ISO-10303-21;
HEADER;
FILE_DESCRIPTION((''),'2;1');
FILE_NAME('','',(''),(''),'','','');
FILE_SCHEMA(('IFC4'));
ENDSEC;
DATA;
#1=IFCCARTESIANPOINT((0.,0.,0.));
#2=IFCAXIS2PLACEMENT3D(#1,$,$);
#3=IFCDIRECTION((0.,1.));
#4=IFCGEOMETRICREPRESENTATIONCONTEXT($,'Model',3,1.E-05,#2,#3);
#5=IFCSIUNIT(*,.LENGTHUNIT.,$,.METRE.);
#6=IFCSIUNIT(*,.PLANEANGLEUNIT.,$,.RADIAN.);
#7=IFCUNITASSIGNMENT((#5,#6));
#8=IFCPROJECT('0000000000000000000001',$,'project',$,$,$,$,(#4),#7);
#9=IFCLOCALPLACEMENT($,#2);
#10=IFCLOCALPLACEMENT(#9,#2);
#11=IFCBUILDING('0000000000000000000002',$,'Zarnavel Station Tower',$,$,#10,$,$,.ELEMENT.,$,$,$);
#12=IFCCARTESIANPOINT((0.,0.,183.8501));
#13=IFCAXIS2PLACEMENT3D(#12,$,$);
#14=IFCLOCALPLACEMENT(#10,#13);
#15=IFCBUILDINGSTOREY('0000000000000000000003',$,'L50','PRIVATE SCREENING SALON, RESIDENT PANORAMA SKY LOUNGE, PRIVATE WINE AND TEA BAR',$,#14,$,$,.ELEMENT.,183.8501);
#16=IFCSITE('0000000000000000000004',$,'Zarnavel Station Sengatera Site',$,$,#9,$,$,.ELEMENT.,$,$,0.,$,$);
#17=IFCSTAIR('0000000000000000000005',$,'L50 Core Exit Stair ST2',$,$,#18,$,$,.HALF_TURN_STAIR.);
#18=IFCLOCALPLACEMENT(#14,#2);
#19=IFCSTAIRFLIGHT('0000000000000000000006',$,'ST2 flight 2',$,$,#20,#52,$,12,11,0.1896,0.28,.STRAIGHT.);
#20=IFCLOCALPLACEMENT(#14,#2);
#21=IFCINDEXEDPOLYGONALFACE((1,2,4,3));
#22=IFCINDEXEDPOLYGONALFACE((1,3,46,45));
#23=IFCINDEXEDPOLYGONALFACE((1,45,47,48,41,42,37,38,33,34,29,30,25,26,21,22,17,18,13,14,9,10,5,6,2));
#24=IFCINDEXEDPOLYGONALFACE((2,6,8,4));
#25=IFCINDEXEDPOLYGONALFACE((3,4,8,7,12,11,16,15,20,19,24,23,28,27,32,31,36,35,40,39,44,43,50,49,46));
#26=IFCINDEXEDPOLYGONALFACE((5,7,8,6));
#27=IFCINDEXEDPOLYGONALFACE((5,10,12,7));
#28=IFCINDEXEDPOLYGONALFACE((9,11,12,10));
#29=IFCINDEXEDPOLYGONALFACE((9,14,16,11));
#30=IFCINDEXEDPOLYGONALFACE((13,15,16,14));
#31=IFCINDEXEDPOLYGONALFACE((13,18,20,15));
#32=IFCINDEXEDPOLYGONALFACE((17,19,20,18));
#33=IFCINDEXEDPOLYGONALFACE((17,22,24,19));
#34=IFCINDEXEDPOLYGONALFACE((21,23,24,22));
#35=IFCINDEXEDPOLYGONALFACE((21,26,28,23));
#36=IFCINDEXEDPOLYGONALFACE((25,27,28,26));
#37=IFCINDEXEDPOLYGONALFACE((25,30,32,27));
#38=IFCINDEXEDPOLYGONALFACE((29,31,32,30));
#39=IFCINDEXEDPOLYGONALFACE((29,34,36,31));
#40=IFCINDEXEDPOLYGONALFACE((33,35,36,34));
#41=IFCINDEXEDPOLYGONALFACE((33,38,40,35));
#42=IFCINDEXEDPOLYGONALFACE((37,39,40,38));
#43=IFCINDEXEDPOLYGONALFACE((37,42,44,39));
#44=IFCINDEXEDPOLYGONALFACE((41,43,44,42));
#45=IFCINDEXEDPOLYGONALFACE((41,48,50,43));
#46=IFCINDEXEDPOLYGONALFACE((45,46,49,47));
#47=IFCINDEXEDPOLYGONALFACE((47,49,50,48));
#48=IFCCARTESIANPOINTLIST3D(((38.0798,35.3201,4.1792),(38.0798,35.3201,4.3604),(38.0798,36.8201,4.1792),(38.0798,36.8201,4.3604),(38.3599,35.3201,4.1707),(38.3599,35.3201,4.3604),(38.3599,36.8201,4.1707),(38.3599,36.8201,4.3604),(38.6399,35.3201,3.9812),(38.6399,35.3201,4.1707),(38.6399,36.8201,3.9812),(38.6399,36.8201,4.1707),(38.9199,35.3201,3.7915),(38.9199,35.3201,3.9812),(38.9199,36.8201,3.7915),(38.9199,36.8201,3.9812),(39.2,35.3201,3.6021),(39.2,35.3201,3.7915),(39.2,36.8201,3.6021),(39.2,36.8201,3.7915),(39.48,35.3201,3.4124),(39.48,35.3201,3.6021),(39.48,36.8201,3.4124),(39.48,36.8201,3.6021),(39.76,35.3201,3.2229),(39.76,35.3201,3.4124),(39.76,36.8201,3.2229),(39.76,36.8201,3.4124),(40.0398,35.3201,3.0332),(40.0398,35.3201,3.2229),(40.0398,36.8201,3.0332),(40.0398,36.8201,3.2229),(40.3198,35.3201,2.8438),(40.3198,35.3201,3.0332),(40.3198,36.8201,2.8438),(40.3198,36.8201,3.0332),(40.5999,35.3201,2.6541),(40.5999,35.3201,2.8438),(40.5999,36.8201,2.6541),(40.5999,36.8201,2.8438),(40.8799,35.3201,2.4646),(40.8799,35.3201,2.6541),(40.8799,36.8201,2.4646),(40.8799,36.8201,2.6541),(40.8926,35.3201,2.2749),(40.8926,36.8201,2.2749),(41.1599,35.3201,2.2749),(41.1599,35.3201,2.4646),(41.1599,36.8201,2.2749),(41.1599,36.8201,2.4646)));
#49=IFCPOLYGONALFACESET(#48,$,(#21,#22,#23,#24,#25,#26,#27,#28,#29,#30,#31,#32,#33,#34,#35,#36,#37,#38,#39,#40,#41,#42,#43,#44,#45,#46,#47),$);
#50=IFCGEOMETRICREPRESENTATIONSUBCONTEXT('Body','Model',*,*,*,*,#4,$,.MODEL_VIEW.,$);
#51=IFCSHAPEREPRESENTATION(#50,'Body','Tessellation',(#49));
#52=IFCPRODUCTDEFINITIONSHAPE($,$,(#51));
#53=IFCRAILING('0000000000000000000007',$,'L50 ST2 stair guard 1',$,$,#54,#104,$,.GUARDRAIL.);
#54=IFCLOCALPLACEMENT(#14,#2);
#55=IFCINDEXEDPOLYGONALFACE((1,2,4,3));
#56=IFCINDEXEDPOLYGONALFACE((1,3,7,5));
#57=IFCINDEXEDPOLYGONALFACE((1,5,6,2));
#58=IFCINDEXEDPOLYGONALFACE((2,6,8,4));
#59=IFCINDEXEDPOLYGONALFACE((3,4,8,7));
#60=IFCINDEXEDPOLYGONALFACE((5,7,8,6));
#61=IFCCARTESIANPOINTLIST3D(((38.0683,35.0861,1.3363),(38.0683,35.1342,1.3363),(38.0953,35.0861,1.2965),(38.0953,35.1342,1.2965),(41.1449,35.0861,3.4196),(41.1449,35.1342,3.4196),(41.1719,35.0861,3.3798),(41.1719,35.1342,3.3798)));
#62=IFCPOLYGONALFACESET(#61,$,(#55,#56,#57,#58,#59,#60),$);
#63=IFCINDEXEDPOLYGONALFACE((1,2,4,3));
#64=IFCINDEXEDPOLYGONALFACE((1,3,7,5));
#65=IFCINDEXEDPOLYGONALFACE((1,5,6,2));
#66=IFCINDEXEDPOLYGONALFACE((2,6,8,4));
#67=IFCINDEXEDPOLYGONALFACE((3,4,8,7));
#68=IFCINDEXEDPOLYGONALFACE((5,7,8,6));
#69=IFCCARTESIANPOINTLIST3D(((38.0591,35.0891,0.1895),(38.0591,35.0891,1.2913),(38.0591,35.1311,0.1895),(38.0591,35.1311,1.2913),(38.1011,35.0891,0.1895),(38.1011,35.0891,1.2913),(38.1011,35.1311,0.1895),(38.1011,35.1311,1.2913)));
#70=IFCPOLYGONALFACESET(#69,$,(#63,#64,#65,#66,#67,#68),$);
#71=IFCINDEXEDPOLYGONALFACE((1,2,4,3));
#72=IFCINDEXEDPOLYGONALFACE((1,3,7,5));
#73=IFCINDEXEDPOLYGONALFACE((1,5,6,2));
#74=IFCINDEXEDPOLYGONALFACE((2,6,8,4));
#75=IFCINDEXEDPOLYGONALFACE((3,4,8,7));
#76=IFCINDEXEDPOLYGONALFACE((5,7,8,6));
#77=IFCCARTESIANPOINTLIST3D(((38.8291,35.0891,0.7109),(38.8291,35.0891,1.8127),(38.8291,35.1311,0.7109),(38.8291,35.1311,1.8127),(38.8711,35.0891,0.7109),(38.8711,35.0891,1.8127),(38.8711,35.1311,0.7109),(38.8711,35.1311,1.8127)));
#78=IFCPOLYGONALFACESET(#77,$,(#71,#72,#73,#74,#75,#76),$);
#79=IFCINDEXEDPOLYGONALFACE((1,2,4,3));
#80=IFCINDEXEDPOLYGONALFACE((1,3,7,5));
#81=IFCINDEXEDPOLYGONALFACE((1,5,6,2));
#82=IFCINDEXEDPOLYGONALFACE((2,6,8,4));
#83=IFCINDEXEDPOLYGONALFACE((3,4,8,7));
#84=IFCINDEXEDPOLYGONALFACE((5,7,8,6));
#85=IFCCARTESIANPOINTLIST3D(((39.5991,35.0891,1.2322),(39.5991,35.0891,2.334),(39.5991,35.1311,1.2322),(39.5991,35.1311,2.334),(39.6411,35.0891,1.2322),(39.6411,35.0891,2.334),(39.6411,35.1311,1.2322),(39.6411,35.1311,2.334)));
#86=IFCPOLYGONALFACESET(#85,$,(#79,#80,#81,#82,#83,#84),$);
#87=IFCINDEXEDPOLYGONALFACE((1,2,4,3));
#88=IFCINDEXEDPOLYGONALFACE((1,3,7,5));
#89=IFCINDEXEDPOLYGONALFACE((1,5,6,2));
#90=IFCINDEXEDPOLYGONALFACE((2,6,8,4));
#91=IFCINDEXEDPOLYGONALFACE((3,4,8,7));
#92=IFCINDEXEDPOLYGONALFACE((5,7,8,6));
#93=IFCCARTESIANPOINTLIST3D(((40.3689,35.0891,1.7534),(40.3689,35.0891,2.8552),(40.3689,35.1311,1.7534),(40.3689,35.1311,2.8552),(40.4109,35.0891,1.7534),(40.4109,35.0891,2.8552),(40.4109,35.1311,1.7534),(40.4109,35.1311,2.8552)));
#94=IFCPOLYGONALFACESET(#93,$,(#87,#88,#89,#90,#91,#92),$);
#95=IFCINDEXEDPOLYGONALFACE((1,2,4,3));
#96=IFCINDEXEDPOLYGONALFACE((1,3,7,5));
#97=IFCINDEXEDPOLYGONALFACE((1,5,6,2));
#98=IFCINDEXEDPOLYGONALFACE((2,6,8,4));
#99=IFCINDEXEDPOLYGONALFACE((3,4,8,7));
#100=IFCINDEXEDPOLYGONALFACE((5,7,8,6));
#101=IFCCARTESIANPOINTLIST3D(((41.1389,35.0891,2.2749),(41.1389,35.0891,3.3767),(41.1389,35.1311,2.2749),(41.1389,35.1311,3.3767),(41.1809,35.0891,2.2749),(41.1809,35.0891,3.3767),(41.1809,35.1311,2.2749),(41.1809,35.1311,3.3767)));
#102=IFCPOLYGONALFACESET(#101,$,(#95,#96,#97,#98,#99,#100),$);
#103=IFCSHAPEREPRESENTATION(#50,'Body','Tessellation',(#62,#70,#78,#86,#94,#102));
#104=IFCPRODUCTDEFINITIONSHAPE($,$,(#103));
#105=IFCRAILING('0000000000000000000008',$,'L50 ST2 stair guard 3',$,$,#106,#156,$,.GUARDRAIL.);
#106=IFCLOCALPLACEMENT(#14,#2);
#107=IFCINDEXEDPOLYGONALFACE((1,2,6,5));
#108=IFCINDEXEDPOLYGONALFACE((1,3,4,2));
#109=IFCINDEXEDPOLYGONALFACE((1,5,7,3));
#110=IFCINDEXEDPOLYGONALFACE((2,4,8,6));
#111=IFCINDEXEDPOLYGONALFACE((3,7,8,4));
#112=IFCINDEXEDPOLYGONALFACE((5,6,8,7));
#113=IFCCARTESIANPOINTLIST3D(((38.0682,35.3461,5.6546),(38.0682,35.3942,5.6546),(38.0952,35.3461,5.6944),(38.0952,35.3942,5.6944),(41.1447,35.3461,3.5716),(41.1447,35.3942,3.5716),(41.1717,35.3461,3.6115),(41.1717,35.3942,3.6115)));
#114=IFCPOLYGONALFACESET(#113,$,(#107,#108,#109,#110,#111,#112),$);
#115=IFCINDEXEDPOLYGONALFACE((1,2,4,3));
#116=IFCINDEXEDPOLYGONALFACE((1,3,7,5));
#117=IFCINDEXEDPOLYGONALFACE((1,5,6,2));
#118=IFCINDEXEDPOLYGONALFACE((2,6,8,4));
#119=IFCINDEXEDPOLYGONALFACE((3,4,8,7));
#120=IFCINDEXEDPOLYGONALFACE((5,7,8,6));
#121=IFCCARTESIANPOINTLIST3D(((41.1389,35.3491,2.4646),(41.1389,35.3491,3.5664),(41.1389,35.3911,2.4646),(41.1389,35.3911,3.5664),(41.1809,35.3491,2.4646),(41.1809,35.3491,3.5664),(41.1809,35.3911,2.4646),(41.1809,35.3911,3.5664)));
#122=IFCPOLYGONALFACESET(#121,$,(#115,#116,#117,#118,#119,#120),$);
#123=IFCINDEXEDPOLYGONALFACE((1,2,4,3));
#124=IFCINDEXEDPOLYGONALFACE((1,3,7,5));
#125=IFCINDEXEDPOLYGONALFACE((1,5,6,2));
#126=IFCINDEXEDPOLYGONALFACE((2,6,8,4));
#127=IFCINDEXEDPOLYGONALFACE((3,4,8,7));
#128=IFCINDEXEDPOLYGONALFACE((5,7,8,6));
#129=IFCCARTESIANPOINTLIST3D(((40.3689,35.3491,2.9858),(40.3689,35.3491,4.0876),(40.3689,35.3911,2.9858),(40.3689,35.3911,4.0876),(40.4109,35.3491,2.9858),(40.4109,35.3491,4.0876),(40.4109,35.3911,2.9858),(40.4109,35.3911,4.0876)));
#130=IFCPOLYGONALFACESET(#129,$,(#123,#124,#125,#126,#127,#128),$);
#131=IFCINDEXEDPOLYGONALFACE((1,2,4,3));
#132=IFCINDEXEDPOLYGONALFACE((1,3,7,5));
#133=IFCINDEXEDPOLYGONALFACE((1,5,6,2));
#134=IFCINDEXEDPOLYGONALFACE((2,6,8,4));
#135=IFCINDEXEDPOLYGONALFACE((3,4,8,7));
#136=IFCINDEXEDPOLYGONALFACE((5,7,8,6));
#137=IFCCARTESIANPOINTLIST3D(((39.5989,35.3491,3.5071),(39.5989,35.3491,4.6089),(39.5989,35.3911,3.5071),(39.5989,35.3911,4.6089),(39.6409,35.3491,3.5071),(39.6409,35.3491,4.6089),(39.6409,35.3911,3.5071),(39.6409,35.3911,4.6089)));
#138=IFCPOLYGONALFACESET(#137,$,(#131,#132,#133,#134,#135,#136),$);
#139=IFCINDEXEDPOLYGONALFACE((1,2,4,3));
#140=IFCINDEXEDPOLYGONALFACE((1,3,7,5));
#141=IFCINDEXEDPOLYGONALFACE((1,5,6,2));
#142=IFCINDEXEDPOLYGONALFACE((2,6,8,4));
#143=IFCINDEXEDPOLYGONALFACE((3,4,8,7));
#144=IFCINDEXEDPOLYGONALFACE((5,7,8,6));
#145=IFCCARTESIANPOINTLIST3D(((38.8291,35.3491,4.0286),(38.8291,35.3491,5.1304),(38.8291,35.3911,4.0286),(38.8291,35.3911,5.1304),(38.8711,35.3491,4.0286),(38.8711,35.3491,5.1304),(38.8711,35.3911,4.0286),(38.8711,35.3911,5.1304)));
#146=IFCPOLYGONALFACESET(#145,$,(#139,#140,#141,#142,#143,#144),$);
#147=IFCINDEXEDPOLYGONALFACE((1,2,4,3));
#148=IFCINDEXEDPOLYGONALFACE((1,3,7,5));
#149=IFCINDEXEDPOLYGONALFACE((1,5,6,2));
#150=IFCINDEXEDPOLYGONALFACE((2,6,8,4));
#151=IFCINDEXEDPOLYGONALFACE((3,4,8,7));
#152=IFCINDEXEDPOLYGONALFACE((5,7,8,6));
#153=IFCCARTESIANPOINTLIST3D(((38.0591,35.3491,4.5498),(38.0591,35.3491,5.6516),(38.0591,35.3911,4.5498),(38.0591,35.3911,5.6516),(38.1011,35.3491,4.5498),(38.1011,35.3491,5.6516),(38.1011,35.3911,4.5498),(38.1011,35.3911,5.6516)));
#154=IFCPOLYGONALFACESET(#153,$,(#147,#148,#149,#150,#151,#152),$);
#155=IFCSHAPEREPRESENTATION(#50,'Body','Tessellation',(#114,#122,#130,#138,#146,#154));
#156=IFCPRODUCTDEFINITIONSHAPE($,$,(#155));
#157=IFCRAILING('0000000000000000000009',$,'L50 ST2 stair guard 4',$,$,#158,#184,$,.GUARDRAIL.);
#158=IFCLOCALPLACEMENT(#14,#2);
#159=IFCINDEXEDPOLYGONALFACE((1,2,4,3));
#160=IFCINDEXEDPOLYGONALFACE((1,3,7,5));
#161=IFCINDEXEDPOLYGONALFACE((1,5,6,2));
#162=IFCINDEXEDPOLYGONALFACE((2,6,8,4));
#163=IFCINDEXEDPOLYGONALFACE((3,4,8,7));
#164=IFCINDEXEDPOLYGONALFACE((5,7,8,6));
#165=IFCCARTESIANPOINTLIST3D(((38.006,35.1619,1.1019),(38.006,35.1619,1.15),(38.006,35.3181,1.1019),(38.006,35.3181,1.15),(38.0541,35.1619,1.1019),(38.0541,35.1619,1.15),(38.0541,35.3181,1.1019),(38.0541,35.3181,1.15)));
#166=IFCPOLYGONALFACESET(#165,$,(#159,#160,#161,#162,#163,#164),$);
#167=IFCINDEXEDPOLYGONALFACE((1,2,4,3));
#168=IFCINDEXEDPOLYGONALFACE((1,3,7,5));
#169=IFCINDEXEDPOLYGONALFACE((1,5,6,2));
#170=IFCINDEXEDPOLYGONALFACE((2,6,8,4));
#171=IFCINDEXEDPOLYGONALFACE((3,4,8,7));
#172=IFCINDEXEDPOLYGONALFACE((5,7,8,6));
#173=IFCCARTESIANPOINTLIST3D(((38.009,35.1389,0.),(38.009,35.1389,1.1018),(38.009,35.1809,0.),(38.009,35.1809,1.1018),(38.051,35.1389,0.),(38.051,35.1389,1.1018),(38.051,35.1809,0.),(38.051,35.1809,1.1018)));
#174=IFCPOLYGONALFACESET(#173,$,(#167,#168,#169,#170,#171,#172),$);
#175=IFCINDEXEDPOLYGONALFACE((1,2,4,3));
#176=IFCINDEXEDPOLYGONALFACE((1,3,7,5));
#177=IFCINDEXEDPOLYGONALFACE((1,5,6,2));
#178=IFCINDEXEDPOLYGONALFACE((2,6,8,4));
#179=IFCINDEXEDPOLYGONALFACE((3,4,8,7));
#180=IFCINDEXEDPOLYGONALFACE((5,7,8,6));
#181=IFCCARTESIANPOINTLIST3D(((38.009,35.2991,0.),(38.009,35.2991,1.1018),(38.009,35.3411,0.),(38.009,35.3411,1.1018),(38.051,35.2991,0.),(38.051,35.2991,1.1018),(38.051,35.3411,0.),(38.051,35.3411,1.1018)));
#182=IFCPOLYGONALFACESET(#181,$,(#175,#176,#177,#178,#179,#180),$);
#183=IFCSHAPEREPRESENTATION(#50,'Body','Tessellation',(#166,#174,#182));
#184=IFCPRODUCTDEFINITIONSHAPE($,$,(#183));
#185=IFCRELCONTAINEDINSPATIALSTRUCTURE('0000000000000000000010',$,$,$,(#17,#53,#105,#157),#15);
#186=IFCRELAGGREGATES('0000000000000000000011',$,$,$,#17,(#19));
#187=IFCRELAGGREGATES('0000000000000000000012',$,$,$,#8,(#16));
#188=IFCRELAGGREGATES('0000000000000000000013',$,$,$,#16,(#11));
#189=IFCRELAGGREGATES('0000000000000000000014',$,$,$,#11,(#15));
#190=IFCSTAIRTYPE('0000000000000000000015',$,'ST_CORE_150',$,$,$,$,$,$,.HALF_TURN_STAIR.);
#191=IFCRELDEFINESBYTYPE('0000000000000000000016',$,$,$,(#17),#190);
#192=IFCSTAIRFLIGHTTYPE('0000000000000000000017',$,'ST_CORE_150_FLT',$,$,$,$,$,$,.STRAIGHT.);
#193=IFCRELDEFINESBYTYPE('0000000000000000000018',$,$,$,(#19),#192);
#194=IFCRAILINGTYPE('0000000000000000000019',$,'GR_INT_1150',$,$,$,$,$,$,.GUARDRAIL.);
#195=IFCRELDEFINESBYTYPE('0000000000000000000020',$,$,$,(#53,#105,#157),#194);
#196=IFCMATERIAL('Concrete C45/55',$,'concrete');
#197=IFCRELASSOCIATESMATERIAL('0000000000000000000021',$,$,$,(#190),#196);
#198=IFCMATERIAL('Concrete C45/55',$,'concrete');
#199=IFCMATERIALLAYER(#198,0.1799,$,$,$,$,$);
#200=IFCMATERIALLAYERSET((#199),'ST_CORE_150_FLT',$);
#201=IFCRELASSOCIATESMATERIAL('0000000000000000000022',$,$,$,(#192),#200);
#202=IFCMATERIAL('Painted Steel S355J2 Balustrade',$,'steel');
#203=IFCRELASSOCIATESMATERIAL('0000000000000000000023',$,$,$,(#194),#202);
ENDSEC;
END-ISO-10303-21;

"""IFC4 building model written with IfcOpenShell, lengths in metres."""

from ifc_helpers import new_model, si_unit, direction, frame, origin, origin_2d, place, context, subcontext, project, spatial, polyline, rectangle, outline, extrude, material, layer, layer_set, type_object, element, aggregate, save


model = new_model("IFC4")

# Units and contexts
model_context = context("Model", 3, precision=1e-05, world=origin(), true_north=direction((0.0, 1.0)))
body_context = subcontext(model_context, "Body", "Model", "MODEL_VIEW")
ifc_project = project(units=[si_unit("LENGTHUNIT", "METRE"), si_unit("PLANEANGLEUNIT", "RADIAN")], contexts=[model_context])

# Site, building, storey
site_placement = place(None, origin())
site = spatial("IfcSite", under=ifc_project, at=site_placement, Name="Zarnavel Station Sengatera Site", CompositionType="ELEMENT", RefElevation=0.0)
building_placement = place(site_placement, origin())
building = spatial("IfcBuilding", under=site, at=building_placement, Name="Zarnavel Station Tower", CompositionType="ELEMENT")
storey_placement = place(building_placement, frame((0.0, 0.0, 183.8501)))
storey = spatial("IfcBuildingStorey", under=building, at=storey_placement, Name="L50", Description="PRIVATE SCREENING SALON, RESIDENT PANORAMA SKY LOUNGE, PRIVATE WINE AND TEA BAR", CompositionType="ELEMENT", Elevation=183.8501)

# Stair, stair flight
ifc_material_1 = material(Name="Concrete C45/55", Category="concrete")
stair_type = type_object("IfcStairType", Name="ST_CORE_150", PredefinedType="HALF_TURN_STAIR", material=ifc_material_1)
stair_placement = place(storey_placement, origin())
stair = element("IfcStair", 1, at=stair_placement, inside=storey, type_object=stair_type, Name="L50 Core Exit Stair ST2", PredefinedType="HALF_TURN_STAIR")
ifc_material_2 = material(Name="Concrete C45/55", Category="concrete")
ifc_layer_1 = layer(ifc_material_2, 0.1799)
ifc_layer_set_1 = layer_set([ifc_layer_1], Name="ST_CORE_150_FLT")
stair_flight_type = type_object("IfcStairFlightType", Name="ST_CORE_150_FLT", PredefinedType="STRAIGHT", material=ifc_layer_set_1)
stair_flight_1_placement = place(storey_placement, frame((41.1599, 36.0701, 2.2749), z_axis=(0.0, 0.0, 1.0), x_axis=(-1.0, 0.0, 0.0)))
stair_flight_1 = element("IfcStairFlight", 2, at=stair_flight_1_placement, type_object=stair_flight_type, Name="ST2 flight 2", NumberOfRisers=12, NumberOfTreads=11, PredefinedType="STRAIGHT", RiserHeight=0.1896, TreadLength=0.28, context=body_context, shape_type="SweptSolid", body=[
    extrude(outline(polyline([(0.0, 0.0), (0.0, 0.1897), (0.28, 0.1897), (0.28, 0.3792), (0.5601, 0.3792), (0.5601, 0.5688), (0.8401, 0.5688), (0.8401, 0.7583), (1.1201, 0.7583), (1.1201, 0.948), (1.3999, 0.948), (1.3999, 1.1375), (1.6799, 1.1375), (1.6799, 1.3271), (1.96, 1.3271), (1.96, 1.5166), (2.24, 1.5166), (2.24, 1.7063), (2.52, 1.7063), (2.52, 1.8958), (2.8, 1.8958), (2.8, 2.0854), (3.0801, 2.0854), (3.0801, 2.2749), (3.0801, 1.9043), (0.2673, 0.0), (0.0, 0.0)])), frame((0.0, 0.75, 0.0), z_axis=(0.0, -1.0, 0.0), x_axis=(1.0, 0.0, 0.0)), (0.0, 0.0, 1.0), 1.5),
])
aggregate(stair, [stair_flight_1])

# Railings
ifc_material_3 = material(Name="Painted Steel S355J2 Balustrade", Category="steel")
railing_type_1 = type_object("IfcRailingType", Name="GR_INT_1150", PredefinedType="GUARDRAIL", material=ifc_material_3)
railing_1_placement = place(storey_placement, frame((38.0801, 35.1101, 0.1895)))
element("IfcRailing", 3, at=railing_1_placement, inside=storey, type_object=railing_type_1, Name="L50 ST2 stair guard 1", PredefinedType="GUARDRAIL", context=body_context, shape_type="SweptSolid", body=[
    extrude(rectangle(XDim=0.0481, YDim=0.0481, at=origin_2d()), frame((0.0017, 0.0, 1.127), z_axis=(0.82803, 0.0, 0.560684), x_axis=(0.0, 1.0, 0.0)), (0.0, 0.0, 1.0), 3.7156),
    extrude(rectangle(XDim=0.042, YDim=0.042, at=origin_2d()), origin(), (0.0, 0.0, 1.0), 1.1018),
    extrude(rectangle(XDim=0.042, YDim=0.042, at=origin_2d()), frame((0.77, 0.0, 0.5215)), (0.0, 0.0, 1.0), 1.1018),
    extrude(rectangle(XDim=0.042, YDim=0.042, at=origin_2d()), frame((1.54, 0.0, 1.0427)), (0.0, 0.0, 1.0), 1.1018),
    extrude(rectangle(XDim=0.042, YDim=0.042, at=origin_2d()), frame((2.3098, 0.0, 1.564)), (0.0, 0.0, 1.0), 1.1018),
    extrude(rectangle(XDim=0.042, YDim=0.042, at=origin_2d()), frame((3.0798, 0.0, 2.0854)), (0.0, 0.0, 1.0), 1.1018),
])
railing_2_placement = place(storey_placement, frame((41.1599, 35.3701, 2.4646)))
element("IfcRailing", 4, at=railing_2_placement, inside=storey, type_object=railing_type_1, Name="L50 ST2 stair guard 3", PredefinedType="GUARDRAIL", context=body_context, shape_type="SweptSolid", body=[
    extrude(rectangle(XDim=0.0481, YDim=0.0481, at=origin_2d()), frame((-0.0017, 0.0, 1.127), z_axis=(-0.82806, 0.0, 0.560639), x_axis=(0.0, -1.0, 0.0)), (0.0, 0.0, 1.0), 3.7153),
    extrude(rectangle(XDim=0.042, YDim=0.042, at=origin_2d()), origin(), (0.0, 0.0, 1.0), 1.1018),
    extrude(rectangle(XDim=0.042, YDim=0.042, at=origin_2d()), frame((-0.77, 0.0, 0.5212)), (0.0, 0.0, 1.0), 1.1018),
    extrude(rectangle(XDim=0.042, YDim=0.042, at=origin_2d()), frame((-1.54, 0.0, 1.0425)), (0.0, 0.0, 1.0), 1.1018),
    extrude(rectangle(XDim=0.042, YDim=0.042, at=origin_2d()), frame((-2.3098, 0.0, 1.564)), (0.0, 0.0, 1.0), 1.1018),
    extrude(rectangle(XDim=0.042, YDim=0.042, at=origin_2d()), frame((-3.0798, 0.0, 2.0852)), (0.0, 0.0, 1.0), 1.1018),
])
railing_3_placement = place(storey_placement, frame((38.03, 35.1599, 0.0)))
element("IfcRailing", 5, at=railing_3_placement, inside=storey, type_object=railing_type_1, Name="L50 ST2 stair guard 4", PredefinedType="GUARDRAIL", context=body_context, shape_type="SweptSolid", body=[
    extrude(rectangle(XDim=0.0481, YDim=0.0481, at=origin_2d()), frame((0.0, 0.002, 1.126), z_axis=(0.0, 1.0, 0.0), x_axis=(-1.0, 0.0, 0.0)), (0.0, 0.0, 1.0), 0.1562),
    extrude(rectangle(XDim=0.042, YDim=0.042, at=origin_2d()), origin(), (0.0, 0.0, 1.0), 1.1018),
    extrude(rectangle(XDim=0.042, YDim=0.042, at=origin_2d()), frame((0.0, 0.1602, 0.0)), (0.0, 0.0, 1.0), 1.1018),
])

save(model, "model.ifc")
